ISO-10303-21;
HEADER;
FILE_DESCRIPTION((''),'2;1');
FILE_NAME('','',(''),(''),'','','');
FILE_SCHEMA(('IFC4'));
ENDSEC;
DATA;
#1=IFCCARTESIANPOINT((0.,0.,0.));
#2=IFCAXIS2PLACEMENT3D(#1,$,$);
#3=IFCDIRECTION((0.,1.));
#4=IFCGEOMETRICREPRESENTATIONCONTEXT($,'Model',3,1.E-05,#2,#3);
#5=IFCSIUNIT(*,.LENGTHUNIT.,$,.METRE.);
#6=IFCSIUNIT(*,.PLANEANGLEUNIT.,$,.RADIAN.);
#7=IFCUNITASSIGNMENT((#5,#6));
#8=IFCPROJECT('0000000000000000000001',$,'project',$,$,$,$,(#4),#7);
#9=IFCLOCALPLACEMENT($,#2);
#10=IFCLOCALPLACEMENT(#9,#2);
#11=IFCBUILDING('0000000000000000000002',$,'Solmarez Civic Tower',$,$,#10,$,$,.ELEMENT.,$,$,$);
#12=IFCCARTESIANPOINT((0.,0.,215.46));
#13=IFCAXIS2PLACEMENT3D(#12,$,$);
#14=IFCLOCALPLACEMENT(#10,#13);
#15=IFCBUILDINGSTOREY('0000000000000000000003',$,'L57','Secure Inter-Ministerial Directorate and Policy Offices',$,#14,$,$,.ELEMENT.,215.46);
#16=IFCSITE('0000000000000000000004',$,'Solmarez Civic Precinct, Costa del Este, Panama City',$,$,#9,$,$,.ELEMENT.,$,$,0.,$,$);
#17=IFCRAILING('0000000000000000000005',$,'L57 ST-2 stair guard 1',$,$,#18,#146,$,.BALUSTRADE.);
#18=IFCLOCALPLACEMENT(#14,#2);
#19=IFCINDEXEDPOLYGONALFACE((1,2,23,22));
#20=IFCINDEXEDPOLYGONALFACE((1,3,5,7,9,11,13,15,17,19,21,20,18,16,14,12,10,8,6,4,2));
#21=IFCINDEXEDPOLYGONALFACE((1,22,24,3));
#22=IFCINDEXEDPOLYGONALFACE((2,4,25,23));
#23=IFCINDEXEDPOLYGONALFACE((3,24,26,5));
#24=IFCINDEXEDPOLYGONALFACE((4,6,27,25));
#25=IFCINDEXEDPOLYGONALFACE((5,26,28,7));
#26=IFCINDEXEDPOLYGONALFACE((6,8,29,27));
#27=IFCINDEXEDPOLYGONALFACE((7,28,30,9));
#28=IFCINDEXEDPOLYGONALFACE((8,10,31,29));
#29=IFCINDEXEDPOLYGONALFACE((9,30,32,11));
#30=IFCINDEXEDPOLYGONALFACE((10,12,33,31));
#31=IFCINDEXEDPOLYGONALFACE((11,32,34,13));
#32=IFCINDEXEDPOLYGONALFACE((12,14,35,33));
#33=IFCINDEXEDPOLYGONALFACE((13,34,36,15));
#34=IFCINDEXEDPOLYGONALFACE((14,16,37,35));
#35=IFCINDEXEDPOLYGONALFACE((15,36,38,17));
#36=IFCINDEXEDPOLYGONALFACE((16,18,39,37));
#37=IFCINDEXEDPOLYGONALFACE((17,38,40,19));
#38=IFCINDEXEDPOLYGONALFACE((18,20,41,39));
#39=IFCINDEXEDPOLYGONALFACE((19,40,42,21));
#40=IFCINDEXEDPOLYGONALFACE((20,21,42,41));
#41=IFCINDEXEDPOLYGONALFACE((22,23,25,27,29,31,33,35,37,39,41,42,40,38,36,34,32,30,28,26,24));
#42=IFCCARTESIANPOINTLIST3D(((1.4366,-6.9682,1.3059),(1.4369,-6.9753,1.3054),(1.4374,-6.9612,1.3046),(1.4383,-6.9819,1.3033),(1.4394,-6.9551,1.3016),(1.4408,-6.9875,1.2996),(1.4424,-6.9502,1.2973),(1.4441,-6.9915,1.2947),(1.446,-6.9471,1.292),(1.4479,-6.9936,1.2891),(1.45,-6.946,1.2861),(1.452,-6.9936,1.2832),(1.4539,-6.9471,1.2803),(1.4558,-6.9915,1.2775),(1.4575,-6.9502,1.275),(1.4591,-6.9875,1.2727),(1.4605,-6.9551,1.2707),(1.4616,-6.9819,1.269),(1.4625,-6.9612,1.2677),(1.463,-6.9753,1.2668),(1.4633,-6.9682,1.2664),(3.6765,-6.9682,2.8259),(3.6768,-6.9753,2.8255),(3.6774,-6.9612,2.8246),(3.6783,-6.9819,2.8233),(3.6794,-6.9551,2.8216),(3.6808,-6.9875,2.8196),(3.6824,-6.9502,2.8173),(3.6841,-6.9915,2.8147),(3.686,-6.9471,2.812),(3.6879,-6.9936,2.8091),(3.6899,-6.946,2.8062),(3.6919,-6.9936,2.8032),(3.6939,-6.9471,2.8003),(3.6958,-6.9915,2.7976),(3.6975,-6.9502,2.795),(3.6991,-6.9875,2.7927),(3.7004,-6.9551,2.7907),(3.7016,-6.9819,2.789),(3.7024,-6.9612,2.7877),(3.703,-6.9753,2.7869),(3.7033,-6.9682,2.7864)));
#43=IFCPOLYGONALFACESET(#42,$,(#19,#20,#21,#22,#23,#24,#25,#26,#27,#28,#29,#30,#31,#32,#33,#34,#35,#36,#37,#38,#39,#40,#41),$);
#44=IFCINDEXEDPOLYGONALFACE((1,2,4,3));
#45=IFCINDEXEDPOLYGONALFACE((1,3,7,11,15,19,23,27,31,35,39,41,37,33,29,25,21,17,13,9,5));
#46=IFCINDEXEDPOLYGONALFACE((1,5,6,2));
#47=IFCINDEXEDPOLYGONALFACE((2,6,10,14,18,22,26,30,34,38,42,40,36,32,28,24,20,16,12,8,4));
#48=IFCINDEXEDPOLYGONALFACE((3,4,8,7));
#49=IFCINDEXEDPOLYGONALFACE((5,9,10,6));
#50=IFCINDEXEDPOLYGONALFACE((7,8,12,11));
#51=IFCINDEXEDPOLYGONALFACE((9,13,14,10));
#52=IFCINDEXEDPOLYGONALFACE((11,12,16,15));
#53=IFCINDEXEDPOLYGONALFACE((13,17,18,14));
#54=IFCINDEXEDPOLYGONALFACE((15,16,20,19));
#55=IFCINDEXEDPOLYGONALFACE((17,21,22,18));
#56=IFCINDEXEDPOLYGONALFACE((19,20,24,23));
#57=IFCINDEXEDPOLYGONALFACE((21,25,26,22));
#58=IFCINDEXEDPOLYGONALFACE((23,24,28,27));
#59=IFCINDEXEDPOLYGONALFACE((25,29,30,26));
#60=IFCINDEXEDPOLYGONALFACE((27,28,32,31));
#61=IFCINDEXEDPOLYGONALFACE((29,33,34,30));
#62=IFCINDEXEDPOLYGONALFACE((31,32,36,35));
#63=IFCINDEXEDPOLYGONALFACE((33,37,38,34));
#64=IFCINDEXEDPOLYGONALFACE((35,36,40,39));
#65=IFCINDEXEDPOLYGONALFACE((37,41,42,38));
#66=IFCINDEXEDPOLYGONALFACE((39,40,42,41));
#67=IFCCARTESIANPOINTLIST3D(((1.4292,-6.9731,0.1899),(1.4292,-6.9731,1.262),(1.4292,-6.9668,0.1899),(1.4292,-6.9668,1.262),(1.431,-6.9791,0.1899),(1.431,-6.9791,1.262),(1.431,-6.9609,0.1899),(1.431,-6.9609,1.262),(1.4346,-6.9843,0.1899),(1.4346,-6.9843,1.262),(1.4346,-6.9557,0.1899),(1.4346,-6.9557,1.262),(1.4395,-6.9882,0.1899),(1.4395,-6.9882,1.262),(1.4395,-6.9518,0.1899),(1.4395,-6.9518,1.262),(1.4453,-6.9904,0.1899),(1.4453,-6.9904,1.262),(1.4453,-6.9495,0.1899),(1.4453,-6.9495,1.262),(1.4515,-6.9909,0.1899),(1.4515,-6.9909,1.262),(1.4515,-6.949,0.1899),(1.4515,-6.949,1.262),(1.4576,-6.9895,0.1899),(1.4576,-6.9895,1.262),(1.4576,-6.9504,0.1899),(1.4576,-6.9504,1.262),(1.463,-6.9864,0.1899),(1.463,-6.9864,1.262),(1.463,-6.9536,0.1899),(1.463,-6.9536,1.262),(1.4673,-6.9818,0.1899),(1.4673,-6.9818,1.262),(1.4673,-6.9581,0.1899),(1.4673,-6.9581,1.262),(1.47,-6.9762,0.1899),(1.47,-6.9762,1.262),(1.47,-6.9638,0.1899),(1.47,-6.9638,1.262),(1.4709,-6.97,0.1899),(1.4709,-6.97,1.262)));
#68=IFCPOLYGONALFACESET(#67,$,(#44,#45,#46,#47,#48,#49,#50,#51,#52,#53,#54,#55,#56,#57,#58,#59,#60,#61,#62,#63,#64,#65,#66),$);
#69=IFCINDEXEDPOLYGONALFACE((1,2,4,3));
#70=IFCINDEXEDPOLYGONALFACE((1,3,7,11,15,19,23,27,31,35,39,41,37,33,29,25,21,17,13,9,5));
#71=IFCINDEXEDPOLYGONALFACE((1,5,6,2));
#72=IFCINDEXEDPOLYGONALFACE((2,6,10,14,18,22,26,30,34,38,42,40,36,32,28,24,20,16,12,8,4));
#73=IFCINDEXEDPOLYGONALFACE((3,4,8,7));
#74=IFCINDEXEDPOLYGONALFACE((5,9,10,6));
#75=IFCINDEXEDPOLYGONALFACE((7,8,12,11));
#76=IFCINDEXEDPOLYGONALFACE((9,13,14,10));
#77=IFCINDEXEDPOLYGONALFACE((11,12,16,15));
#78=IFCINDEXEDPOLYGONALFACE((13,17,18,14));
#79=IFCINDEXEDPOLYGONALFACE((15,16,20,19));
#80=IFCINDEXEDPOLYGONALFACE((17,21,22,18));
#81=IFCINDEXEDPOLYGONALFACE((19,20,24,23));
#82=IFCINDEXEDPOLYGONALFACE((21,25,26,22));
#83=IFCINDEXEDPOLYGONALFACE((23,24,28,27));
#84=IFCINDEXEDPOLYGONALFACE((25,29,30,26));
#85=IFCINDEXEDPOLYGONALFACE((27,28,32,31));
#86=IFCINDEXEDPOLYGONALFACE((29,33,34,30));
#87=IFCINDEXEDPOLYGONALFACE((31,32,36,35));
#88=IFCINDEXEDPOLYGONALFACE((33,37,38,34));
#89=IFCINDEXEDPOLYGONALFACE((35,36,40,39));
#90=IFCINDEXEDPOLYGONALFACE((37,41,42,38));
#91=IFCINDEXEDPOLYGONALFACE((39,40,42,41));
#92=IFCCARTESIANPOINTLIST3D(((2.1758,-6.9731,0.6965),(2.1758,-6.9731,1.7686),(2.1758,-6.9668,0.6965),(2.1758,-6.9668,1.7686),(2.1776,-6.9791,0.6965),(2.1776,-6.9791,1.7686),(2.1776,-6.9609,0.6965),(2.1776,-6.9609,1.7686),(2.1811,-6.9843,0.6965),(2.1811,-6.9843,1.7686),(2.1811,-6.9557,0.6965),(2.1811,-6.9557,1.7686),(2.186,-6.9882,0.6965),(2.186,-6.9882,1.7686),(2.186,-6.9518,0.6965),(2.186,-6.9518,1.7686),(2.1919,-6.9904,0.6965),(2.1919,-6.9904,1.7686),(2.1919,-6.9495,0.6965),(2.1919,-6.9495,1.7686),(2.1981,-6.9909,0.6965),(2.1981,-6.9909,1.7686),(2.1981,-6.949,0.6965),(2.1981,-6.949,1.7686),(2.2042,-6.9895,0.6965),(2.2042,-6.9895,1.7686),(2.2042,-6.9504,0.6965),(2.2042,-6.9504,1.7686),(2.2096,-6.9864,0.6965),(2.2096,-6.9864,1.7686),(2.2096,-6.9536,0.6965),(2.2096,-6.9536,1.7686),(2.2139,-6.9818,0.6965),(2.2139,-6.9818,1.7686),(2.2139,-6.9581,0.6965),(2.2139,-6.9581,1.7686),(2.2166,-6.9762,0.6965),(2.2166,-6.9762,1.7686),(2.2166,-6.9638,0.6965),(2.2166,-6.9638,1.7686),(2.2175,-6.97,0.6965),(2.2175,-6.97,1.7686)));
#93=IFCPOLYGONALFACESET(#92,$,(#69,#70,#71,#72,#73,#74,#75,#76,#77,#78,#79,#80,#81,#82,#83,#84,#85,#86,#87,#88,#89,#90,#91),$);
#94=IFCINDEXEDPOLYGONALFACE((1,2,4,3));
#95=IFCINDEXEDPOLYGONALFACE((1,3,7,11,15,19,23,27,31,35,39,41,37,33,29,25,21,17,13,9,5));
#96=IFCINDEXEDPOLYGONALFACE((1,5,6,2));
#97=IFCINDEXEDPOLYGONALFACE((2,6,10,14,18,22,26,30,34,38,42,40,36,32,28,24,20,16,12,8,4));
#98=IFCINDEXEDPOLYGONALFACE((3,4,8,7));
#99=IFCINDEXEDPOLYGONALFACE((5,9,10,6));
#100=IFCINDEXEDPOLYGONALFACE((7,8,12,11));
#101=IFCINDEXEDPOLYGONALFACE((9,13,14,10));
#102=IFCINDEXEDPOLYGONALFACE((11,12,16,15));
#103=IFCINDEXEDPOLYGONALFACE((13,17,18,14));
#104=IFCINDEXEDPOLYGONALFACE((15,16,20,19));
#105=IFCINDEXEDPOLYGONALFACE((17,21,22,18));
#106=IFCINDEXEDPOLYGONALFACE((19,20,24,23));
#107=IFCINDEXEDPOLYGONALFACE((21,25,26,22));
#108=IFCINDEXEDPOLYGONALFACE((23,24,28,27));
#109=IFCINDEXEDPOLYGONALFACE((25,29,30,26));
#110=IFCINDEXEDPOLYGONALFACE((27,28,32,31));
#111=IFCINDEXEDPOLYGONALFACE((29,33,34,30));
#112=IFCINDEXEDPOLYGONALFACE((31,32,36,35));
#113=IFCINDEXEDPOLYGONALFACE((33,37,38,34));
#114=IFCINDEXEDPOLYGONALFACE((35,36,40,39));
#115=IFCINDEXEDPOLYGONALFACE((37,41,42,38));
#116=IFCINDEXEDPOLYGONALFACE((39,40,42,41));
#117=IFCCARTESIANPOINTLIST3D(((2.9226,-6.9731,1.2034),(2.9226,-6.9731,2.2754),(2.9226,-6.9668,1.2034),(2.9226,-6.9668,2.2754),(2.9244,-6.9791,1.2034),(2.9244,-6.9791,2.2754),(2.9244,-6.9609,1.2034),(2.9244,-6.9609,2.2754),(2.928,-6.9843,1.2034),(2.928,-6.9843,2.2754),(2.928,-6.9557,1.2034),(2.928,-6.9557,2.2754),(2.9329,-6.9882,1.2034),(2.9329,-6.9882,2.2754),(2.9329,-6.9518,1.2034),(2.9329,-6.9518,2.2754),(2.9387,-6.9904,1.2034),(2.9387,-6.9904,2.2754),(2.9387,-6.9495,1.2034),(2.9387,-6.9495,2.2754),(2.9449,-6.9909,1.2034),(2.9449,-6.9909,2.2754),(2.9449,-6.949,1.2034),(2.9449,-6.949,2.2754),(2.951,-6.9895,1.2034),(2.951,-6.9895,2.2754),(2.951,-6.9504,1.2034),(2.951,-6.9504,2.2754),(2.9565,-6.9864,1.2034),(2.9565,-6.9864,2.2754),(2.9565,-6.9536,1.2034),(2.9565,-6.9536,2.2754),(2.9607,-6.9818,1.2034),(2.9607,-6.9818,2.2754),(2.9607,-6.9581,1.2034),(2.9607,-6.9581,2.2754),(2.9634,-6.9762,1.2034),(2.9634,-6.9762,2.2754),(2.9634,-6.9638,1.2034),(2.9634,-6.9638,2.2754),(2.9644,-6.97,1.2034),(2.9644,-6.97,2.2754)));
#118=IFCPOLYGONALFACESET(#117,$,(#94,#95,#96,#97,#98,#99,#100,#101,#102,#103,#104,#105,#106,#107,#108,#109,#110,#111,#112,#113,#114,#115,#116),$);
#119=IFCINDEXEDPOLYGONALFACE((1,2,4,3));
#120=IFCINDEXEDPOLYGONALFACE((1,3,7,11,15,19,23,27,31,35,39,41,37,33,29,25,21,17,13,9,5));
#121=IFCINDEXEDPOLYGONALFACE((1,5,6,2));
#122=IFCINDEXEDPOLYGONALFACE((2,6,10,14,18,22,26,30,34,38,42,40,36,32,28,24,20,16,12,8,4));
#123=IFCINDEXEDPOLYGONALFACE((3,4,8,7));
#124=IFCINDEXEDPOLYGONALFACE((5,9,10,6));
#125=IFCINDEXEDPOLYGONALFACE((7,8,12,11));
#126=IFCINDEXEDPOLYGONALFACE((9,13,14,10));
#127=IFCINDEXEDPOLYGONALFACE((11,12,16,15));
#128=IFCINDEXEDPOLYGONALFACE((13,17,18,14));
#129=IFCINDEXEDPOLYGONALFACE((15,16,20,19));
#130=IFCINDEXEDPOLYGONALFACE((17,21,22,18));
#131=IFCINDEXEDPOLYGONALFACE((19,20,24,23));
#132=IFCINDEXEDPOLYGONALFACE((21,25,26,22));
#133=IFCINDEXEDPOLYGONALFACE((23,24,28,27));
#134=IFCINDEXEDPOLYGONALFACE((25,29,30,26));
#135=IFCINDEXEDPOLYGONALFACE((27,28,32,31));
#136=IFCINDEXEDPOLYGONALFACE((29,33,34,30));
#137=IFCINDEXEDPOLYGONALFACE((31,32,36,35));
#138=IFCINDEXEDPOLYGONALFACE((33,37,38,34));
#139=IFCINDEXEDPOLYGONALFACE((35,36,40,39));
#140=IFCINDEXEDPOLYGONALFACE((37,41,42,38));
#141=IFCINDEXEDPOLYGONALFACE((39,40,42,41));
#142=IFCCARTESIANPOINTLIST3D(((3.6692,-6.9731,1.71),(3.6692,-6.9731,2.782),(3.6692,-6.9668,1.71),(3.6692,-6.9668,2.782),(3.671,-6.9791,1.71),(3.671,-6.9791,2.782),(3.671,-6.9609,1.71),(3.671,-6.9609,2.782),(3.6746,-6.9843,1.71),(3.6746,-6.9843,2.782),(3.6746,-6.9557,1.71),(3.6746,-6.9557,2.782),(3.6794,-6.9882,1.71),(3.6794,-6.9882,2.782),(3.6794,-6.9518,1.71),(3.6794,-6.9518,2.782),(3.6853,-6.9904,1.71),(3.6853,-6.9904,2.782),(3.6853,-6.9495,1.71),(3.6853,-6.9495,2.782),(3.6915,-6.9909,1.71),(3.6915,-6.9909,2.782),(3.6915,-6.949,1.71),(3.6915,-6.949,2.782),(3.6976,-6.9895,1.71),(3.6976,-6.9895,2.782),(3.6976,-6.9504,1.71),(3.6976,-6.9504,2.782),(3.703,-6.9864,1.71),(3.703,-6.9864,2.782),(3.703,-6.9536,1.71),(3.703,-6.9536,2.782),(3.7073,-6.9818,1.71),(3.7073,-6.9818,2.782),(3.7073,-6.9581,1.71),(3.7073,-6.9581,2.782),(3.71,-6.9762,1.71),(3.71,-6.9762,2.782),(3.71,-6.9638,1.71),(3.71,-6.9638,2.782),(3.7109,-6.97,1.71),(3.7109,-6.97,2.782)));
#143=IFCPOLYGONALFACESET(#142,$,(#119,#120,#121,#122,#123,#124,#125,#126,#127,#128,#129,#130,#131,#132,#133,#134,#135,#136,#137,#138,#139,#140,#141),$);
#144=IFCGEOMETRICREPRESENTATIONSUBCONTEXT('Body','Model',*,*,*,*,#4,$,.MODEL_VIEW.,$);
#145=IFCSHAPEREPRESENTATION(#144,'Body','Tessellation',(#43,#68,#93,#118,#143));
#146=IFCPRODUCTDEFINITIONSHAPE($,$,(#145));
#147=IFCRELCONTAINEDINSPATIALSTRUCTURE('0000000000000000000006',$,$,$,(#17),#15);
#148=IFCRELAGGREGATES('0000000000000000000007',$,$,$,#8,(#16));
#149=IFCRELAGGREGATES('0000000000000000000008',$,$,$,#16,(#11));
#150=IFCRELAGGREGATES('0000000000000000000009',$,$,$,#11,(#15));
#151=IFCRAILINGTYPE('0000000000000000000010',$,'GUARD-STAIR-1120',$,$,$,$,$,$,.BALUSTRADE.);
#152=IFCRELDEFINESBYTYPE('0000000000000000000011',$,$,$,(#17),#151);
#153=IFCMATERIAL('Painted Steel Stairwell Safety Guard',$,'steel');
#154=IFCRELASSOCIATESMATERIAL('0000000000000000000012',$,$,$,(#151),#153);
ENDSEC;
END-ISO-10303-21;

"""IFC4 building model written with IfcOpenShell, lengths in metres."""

from ifc_helpers import new_model, si_unit, direction, frame, origin, origin_2d, place, context, subcontext, project, spatial, circle, extrude, material, type_object, element, save


model = new_model("IFC4")

# Units and contexts
model_context = context("Model", 3, precision=1e-05, world=origin(), true_north=direction((0.0, 1.0)))
body_context = subcontext(model_context, "Body", "Model", "MODEL_VIEW")
ifc_project = project(units=[si_unit("LENGTHUNIT", "METRE"), si_unit("PLANEANGLEUNIT", "RADIAN")], contexts=[model_context])

# Site, building, storey
site_placement = place(None, origin())
site = spatial("IfcSite", under=ifc_project, at=site_placement, Name="Solmarez Civic Precinct, Costa del Este, Panama City", CompositionType="ELEMENT", RefElevation=0.0)
building_placement = place(site_placement, origin())
building = spatial("IfcBuilding", under=site, at=building_placement, Name="Solmarez Civic Tower", CompositionType="ELEMENT")
storey_placement = place(building_placement, frame((0.0, 0.0, 215.46)))
storey = spatial("IfcBuildingStorey", under=building, at=storey_placement, Name="L57", Description="Secure Inter-Ministerial Directorate and Policy Offices", CompositionType="ELEMENT", Elevation=215.46)

# Railing
ifc_material_1 = material(Name="Painted Steel Stairwell Safety Guard", Category="steel")
railing_type_1 = type_object("IfcRailingType", Name="GUARD-STAIR-1120", PredefinedType="BALUSTRADE", material=ifc_material_1)
railing_1_placement = place(storey_placement, frame((1.45, -6.97, 0.1899)))
element("IfcRailing", 1, at=railing_1_placement, inside=storey, type_object=railing_type_1, Name="L57 ST-2 stair guard 1", PredefinedType="BALUSTRADE", context=body_context, shape_type="SweptSolid", body=[
    extrude(circle(Radius=0.0239, at=origin_2d()), frame((0.0, 0.0, 1.0962), z_axis=(0.827471, 0.0, 0.561508), x_axis=(0.0, 1.0, 0.0)), (0.0, 0.0, 1.0), 2.707),
    extrude(circle(Radius=0.021, at=origin_2d()), origin(), (0.0, 0.0, 1.0), 1.072),
    extrude(circle(Radius=0.021, at=origin_2d()), frame((0.7466, 0.0, 0.5066)), (0.0, 0.0, 1.0), 1.072),
    extrude(circle(Radius=0.021, at=origin_2d()), frame((1.4934, 0.0, 1.0134)), (0.0, 0.0, 1.0), 1.072),
    extrude(circle(Radius=0.021, at=origin_2d()), frame((2.24, 0.0, 1.52)), (0.0, 0.0, 1.0), 1.072),
])

save(model, "model.ifc")
